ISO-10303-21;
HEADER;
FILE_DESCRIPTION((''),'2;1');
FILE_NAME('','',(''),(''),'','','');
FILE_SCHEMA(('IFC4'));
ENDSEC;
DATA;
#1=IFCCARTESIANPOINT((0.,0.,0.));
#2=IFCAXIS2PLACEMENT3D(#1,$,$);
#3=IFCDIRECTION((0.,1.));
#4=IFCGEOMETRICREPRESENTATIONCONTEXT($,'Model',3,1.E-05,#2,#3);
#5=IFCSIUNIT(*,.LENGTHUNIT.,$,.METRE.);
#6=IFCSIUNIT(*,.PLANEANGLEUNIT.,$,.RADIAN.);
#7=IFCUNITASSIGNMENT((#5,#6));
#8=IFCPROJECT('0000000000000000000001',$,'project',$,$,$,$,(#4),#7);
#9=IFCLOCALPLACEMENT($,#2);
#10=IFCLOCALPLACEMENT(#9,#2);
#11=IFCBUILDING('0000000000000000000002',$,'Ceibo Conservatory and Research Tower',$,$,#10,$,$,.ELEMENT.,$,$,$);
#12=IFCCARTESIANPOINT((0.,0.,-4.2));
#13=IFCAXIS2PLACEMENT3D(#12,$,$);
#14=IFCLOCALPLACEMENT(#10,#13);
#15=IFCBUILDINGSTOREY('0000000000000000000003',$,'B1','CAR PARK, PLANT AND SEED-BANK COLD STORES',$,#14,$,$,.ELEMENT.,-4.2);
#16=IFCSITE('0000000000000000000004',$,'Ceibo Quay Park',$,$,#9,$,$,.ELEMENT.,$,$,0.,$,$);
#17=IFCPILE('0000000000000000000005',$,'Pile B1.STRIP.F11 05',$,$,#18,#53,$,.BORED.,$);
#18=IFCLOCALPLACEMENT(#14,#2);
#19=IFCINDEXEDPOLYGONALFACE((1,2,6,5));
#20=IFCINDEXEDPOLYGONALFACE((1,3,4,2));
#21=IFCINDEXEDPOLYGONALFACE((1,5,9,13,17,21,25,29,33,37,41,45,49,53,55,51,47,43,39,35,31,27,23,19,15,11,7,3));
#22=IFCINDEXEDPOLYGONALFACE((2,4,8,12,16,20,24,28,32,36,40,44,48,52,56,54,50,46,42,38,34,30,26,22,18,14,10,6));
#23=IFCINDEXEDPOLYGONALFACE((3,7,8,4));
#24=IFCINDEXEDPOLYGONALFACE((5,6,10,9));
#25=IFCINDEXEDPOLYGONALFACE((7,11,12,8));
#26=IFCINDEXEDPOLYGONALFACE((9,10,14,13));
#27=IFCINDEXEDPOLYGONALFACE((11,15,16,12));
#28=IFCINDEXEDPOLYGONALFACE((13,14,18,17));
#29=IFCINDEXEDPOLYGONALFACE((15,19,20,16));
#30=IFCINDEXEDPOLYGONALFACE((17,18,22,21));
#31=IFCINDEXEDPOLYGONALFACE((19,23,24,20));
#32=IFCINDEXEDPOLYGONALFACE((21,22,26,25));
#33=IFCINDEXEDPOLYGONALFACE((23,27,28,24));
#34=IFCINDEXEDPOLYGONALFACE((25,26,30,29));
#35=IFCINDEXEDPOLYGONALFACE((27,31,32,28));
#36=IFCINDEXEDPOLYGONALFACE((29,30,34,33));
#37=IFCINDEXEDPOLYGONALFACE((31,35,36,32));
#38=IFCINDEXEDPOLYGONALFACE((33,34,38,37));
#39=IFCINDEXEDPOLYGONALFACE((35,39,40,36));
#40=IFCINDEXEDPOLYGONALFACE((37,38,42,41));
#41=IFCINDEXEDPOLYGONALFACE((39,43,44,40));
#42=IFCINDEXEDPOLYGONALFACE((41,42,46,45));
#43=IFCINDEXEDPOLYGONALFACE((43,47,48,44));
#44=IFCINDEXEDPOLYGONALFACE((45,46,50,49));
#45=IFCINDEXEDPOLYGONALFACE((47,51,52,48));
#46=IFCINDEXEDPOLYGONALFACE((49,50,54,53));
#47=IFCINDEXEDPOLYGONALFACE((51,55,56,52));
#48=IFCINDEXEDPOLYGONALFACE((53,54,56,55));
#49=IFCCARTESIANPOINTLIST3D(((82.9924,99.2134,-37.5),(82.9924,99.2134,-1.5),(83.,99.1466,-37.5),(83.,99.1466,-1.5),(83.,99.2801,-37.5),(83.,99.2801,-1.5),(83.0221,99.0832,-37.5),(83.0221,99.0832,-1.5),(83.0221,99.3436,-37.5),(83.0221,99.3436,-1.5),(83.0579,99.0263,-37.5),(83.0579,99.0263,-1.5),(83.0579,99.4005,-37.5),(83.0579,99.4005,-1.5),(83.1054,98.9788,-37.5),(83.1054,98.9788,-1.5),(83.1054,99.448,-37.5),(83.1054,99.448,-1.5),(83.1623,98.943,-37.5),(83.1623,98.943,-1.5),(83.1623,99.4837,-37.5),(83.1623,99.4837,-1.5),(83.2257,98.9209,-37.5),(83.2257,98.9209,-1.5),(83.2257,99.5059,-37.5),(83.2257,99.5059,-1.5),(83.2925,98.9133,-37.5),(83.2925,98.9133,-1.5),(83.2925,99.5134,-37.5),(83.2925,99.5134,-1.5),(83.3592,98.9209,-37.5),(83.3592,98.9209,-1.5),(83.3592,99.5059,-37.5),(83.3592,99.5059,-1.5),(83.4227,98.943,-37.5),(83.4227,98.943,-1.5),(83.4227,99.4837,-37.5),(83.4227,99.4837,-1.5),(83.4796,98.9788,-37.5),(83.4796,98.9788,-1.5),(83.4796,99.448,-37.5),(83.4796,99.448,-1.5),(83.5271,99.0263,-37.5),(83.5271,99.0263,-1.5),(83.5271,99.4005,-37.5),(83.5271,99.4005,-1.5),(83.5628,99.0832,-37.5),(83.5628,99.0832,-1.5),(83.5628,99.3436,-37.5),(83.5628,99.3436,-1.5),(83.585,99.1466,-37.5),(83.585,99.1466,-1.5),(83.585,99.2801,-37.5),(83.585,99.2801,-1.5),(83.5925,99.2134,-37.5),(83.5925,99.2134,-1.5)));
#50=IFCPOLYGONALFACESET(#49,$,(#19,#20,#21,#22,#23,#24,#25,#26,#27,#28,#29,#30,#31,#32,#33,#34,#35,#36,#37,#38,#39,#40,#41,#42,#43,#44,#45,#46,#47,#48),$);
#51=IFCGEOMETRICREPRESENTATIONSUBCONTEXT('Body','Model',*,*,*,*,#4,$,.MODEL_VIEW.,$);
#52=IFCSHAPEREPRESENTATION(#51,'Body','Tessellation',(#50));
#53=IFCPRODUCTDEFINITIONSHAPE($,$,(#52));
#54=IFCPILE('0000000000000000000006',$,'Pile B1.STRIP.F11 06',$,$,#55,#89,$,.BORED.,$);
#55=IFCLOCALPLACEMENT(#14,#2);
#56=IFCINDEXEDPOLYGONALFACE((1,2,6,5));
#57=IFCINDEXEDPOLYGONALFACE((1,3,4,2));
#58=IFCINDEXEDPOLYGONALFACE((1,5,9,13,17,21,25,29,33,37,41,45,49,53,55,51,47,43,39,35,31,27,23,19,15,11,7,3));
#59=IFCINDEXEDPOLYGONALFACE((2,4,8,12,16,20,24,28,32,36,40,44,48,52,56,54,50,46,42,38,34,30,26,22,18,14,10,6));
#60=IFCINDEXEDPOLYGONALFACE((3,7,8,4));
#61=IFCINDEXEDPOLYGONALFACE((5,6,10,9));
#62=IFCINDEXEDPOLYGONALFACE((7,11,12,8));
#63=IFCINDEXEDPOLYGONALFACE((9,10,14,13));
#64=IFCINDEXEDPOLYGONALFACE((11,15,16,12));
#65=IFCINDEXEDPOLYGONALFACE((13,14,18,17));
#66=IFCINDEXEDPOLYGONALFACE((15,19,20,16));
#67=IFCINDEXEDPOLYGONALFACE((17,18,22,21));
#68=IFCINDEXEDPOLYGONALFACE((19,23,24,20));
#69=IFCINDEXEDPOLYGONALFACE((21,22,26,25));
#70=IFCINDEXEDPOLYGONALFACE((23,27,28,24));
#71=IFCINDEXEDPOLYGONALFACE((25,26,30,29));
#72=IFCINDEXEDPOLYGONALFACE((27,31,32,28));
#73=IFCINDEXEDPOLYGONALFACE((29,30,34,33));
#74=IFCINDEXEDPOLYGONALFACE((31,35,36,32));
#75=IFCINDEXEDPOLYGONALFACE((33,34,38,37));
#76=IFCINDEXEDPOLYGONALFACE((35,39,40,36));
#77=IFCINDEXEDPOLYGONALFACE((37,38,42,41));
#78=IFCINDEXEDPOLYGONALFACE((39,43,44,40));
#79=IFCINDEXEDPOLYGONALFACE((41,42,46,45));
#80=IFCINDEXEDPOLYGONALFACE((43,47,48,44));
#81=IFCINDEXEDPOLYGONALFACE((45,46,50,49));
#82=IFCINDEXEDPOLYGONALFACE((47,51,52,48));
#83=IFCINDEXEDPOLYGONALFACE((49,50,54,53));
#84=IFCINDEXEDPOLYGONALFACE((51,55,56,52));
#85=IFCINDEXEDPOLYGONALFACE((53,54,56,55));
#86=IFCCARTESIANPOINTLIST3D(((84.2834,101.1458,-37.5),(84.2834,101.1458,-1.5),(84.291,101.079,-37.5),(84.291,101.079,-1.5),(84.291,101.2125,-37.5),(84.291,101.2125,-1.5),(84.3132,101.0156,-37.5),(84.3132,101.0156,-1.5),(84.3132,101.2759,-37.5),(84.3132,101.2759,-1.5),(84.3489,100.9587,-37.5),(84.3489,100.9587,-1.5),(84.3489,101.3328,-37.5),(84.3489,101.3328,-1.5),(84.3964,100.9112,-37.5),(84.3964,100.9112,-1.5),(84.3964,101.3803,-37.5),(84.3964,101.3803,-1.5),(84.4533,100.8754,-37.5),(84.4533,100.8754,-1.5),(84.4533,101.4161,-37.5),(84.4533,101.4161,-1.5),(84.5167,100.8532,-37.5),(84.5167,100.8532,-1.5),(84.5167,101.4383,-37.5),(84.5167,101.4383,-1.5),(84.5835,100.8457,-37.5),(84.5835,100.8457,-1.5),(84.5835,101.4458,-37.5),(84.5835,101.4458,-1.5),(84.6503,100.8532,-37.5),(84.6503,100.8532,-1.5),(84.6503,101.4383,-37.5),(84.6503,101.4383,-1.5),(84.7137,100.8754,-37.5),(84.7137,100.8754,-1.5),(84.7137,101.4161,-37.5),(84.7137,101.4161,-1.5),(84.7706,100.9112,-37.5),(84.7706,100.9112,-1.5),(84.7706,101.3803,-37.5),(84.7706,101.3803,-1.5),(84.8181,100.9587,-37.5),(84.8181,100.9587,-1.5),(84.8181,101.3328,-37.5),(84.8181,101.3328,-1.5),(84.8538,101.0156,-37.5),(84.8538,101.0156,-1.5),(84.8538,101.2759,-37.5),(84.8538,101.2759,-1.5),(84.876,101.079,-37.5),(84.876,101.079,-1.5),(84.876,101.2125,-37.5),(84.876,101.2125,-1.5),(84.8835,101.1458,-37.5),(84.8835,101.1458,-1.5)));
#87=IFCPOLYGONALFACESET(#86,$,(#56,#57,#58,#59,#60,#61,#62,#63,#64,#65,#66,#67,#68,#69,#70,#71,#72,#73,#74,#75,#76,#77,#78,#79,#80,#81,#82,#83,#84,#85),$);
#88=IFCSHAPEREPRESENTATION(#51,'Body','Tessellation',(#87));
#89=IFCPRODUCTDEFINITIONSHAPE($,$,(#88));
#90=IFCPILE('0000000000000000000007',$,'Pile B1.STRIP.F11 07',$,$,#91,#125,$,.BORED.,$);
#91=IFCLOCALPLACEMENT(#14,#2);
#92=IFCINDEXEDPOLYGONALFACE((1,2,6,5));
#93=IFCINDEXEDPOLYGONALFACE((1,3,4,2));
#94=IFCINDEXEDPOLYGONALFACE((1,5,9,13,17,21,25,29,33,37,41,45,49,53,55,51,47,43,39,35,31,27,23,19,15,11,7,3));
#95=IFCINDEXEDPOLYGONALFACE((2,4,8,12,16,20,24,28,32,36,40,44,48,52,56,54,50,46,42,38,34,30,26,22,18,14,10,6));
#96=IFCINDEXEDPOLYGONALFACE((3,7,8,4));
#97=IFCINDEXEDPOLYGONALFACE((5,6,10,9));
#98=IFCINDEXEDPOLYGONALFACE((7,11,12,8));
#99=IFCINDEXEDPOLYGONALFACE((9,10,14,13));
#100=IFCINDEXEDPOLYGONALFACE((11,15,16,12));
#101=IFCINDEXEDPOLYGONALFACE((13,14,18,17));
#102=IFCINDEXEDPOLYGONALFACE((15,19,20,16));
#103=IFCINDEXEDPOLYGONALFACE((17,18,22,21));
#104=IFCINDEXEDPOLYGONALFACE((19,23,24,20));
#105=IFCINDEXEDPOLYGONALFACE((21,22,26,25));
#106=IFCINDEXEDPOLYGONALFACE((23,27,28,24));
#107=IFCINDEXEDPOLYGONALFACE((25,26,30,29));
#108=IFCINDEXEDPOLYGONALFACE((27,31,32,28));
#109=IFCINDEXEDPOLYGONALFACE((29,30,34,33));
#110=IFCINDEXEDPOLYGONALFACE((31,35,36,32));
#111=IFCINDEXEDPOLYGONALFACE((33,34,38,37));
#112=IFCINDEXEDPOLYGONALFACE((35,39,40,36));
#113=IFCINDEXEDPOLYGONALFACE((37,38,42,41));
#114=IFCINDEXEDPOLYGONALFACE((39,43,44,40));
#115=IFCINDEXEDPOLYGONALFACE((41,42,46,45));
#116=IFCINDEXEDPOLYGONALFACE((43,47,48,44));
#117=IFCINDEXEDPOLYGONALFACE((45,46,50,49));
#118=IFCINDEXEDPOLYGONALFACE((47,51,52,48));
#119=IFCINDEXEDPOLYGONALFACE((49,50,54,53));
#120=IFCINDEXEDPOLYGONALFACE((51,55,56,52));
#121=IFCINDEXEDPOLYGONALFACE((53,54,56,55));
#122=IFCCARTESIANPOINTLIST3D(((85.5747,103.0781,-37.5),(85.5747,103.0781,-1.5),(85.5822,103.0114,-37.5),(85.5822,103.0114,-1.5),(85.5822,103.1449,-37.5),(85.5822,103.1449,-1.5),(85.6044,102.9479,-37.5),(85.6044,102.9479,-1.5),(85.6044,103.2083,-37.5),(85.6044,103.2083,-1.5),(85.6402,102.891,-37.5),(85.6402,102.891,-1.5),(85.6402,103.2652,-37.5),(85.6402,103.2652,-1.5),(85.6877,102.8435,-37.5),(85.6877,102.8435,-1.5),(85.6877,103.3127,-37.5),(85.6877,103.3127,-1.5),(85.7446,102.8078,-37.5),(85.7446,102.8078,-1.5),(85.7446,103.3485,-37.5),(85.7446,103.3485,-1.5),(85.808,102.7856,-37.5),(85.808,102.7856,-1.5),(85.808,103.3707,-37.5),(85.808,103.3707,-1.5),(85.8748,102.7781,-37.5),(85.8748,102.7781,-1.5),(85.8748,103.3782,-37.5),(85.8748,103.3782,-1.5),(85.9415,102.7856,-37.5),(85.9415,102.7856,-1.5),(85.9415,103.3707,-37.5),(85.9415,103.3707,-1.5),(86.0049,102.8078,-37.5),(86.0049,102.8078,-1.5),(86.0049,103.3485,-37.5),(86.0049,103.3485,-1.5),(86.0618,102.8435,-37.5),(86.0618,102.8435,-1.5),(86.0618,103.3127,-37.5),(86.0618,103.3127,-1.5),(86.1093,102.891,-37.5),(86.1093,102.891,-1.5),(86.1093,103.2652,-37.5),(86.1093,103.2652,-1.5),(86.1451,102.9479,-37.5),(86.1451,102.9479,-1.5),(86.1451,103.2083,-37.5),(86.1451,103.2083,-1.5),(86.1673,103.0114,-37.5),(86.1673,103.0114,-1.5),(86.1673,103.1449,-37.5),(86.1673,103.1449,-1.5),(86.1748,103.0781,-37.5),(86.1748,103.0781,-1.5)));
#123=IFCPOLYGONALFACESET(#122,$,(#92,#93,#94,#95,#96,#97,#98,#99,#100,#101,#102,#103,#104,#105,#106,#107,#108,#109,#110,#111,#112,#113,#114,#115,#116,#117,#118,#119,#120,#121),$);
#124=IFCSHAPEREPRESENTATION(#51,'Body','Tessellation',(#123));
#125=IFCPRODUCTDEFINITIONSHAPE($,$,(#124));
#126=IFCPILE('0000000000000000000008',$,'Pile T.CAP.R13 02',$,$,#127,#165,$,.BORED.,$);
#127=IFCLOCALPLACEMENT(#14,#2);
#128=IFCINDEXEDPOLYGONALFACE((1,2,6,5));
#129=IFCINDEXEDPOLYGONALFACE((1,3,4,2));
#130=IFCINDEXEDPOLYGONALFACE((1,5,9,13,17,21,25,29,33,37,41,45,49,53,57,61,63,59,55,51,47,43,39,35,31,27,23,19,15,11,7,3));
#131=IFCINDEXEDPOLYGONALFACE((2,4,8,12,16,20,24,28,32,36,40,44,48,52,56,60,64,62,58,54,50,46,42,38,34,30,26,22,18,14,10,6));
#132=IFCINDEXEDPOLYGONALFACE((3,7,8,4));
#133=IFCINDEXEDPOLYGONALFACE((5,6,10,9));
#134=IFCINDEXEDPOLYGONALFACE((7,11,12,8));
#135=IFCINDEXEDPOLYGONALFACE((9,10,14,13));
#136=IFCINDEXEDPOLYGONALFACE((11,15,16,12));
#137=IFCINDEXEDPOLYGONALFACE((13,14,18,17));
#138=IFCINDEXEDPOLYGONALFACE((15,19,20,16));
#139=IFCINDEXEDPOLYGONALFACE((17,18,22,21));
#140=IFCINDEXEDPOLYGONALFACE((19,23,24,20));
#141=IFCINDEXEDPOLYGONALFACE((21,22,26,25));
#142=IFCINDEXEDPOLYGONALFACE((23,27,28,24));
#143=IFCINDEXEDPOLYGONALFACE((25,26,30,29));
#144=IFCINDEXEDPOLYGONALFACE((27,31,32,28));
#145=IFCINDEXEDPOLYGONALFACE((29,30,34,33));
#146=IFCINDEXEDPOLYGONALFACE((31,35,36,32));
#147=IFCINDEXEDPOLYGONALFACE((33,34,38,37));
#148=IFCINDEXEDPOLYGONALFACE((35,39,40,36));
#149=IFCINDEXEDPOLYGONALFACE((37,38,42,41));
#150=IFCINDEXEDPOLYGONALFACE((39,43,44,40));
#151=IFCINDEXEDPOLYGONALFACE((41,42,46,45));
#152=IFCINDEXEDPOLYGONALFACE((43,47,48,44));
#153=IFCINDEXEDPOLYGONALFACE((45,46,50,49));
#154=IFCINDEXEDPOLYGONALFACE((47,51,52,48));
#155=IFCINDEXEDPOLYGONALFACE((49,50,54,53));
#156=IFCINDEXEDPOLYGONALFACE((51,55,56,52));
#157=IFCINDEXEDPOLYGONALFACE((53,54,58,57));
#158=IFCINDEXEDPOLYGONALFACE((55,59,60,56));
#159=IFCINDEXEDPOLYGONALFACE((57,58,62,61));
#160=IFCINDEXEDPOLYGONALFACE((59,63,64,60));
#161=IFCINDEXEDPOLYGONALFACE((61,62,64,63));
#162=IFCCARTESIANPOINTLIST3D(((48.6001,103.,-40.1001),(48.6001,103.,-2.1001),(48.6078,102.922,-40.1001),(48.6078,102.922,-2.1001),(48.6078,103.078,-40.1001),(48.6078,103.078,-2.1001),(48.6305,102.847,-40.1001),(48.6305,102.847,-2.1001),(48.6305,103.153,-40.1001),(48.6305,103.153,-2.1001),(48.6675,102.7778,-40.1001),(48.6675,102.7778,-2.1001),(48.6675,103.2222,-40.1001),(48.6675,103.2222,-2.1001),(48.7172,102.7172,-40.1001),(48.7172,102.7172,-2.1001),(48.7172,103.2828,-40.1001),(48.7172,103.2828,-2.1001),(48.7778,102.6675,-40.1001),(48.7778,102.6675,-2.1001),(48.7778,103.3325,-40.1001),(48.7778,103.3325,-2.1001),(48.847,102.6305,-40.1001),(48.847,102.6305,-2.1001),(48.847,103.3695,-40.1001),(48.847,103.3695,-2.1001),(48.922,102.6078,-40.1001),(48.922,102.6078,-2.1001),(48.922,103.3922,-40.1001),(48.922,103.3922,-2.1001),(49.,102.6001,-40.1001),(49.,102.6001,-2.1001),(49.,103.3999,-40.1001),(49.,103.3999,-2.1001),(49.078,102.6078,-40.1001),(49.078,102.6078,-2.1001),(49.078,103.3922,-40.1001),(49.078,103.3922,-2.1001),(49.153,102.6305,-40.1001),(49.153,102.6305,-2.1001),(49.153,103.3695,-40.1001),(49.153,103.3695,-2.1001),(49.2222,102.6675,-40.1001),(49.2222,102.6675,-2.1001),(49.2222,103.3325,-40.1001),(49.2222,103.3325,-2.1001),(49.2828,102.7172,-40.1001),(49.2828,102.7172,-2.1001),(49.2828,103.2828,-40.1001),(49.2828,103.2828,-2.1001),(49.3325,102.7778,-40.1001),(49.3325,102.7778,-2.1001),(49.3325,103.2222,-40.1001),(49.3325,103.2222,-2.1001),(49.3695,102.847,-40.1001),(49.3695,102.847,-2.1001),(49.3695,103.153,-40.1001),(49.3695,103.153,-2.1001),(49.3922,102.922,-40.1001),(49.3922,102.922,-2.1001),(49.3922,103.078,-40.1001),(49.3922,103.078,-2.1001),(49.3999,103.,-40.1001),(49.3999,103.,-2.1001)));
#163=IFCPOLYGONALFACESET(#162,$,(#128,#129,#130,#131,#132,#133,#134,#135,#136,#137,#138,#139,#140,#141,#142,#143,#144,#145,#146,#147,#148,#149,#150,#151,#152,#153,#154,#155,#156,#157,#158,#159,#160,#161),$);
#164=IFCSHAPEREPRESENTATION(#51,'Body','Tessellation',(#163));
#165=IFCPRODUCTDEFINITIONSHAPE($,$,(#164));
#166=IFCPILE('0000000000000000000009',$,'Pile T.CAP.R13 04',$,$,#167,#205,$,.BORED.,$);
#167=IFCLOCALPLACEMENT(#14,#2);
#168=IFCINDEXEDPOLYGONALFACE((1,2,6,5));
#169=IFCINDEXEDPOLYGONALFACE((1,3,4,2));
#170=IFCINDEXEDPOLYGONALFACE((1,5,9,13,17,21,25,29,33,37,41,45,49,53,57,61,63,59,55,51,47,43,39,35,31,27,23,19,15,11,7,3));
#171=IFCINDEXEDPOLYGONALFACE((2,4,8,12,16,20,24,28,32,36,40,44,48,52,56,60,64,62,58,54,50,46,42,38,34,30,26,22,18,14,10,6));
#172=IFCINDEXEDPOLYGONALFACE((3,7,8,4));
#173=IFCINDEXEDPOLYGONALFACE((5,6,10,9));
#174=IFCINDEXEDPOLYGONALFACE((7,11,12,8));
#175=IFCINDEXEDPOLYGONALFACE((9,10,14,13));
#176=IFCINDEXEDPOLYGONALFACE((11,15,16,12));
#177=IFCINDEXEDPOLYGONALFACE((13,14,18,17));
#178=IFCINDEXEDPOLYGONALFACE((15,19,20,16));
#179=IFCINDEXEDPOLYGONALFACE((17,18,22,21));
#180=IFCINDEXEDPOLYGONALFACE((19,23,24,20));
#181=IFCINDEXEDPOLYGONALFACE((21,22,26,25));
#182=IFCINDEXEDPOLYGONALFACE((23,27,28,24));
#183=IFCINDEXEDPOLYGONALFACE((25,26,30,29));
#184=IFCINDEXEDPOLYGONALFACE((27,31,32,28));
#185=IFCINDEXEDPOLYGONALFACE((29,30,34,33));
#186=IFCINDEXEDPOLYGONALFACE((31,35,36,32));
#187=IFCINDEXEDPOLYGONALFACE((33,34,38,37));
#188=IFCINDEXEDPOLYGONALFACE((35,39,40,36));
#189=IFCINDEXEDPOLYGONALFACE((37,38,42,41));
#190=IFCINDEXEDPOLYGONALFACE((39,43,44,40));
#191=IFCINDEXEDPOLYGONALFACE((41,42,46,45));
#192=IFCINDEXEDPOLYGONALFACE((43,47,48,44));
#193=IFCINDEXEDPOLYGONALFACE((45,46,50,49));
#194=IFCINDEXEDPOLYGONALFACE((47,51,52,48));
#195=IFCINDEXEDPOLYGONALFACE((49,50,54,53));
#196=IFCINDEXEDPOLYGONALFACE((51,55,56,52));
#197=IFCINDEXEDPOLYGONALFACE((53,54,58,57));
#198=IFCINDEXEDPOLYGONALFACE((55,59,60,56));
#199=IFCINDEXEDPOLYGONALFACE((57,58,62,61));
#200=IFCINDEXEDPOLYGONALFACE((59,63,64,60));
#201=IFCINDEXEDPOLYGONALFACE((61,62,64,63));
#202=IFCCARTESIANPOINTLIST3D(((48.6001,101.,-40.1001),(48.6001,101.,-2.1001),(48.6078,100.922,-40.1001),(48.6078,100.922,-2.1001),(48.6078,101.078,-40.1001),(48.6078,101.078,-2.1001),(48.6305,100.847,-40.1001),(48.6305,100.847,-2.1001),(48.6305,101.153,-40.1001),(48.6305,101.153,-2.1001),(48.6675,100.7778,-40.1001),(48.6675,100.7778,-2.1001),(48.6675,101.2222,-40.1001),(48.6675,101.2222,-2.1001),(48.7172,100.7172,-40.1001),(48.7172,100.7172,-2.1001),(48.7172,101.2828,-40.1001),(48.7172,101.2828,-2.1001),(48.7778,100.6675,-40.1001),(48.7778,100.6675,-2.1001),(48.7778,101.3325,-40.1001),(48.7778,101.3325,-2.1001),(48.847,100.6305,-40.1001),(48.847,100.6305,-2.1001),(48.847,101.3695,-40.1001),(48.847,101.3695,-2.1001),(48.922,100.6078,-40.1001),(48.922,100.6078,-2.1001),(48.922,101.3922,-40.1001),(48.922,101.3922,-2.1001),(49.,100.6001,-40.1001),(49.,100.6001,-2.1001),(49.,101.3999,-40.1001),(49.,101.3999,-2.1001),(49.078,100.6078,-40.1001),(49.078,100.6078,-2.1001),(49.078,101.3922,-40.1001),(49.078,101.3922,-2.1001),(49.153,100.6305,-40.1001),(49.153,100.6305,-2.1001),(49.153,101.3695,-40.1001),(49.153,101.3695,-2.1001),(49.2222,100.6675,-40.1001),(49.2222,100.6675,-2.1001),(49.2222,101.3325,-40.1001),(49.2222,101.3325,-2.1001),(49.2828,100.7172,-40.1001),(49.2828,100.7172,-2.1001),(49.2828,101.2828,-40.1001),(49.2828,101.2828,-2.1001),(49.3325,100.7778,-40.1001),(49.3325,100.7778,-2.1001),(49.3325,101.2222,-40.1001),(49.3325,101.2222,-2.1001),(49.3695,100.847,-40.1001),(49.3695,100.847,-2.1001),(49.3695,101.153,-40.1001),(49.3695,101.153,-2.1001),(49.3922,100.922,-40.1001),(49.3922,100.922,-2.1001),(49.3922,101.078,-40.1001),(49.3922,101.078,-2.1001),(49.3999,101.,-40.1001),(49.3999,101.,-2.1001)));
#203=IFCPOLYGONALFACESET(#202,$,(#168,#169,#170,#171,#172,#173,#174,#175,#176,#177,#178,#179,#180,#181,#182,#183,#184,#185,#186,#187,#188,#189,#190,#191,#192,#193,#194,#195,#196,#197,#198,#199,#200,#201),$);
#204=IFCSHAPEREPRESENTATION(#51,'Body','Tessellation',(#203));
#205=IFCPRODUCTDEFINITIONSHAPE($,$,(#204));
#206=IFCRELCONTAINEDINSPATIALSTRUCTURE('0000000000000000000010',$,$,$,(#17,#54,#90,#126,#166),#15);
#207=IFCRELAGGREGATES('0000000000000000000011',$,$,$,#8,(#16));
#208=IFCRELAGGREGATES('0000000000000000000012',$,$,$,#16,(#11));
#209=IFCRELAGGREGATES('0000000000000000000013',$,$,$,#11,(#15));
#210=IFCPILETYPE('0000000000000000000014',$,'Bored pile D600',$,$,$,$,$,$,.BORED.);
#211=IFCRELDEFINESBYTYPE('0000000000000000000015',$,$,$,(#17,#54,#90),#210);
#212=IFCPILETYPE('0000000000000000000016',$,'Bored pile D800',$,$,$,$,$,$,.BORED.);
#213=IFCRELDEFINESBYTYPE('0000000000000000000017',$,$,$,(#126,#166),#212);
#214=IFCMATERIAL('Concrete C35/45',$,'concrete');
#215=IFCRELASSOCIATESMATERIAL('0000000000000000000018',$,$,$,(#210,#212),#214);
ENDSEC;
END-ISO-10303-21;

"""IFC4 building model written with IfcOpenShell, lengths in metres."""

from ifc_helpers import new_model, si_unit, direction, frame, origin, origin_2d, place, context, subcontext, project, spatial, circle, extrude, material, material_profile, profile_set, type_object, element, save


model = new_model("IFC4")

# Units and contexts
model_context = context("Model", 3, precision=1e-05, world=origin(), true_north=direction((0.0, 1.0)))
body_context = subcontext(model_context, "Body", "Model", "MODEL_VIEW")
ifc_project = project(units=[si_unit("LENGTHUNIT", "METRE"), si_unit("PLANEANGLEUNIT", "RADIAN")], contexts=[model_context])

# Site, building, storey
site_placement = place(None, origin())
site = spatial("IfcSite", under=ifc_project, at=site_placement, Name="Ceibo Quay Park", CompositionType="ELEMENT", RefElevation=0.0)
building_placement = place(site_placement, origin())
building = spatial("IfcBuilding", under=site, at=building_placement, Name="Ceibo Conservatory and Research Tower", CompositionType="ELEMENT")
storey_placement = place(building_placement, frame((0.0, 0.0, -4.2)))
storey = spatial("IfcBuildingStorey", under=building, at=storey_placement, Name="B1", Description="CAR PARK, PLANT AND SEED-BANK COLD STORES", CompositionType="ELEMENT", Elevation=-4.2)

# Piles
ifc_material_1 = material(Name="Concrete C35/45", Category="concrete")
ifc_material_profile_1 = material_profile(ifc_material_1, circle(Radius=0.3, at=origin_2d()), Name="RC D600")
ifc_profile_set_1 = profile_set([ifc_material_profile_1], Name="Concrete C35/45")
pile_type_1 = type_object("IfcPileType", Name="Bored pile D600", PredefinedType="BORED", material=ifc_profile_set_1)
for number, where, z_axis, x_axis, name in (
    (1, (83.2925, 99.2134, -1.5), (0.0, 0.0, -1.0), (1.0, 0.0, 0.0), "Pile B1.STRIP.F11 05"),
    (2, (84.5835, 101.1458, -1.5), (0.0, 0.0, -1.0), (1.0, 0.0, 0.0), "Pile B1.STRIP.F11 06"),
    (3, (85.8748, 103.0781, -1.5), (0.0, 0.0, -1.0), (1.0, 0.0, 0.0), "Pile B1.STRIP.F11 07"),
):
    element("IfcPile", number, at=place(storey_placement, frame(where, z_axis=z_axis, x_axis=x_axis)), inside=storey, type_object=pile_type_1, Name=name, PredefinedType="BORED", context=body_context, shape_type="SweptSolid", body=[
        extrude(circle(Radius=0.3, at=origin_2d()), origin(), (0.0, 0.0, 1.0), 36.0),
    ])
ifc_material_profile_2 = material_profile(ifc_material_1, circle(Radius=0.3999, at=origin_2d()), Name="RC D800")
ifc_profile_set_2 = profile_set([ifc_material_profile_2], Name="Concrete C35/45")
pile_type_2 = type_object("IfcPileType", Name="Bored pile D800", PredefinedType="BORED", material=ifc_profile_set_2)
for number, where, z_axis, x_axis, name in (
    (4, (49.0, 103.0, -2.1001), (0.0, 0.0, -1.0), (1.0, 0.0, 0.0), "Pile T.CAP.R13 02"),
    (5, (49.0, 101.0, -2.1001), (0.0, 0.0, -1.0), (1.0, 0.0, 0.0), "Pile T.CAP.R13 04"),
):
    element("IfcPile", number, at=place(storey_placement, frame(where, z_axis=z_axis, x_axis=x_axis)), inside=storey, type_object=pile_type_2, Name=name, PredefinedType="BORED", context=body_context, shape_type="SweptSolid", body=[
        extrude(circle(Radius=0.3999, at=origin_2d()), origin(), (0.0, 0.0, 1.0), 38.0),
    ])

save(model, "model.ifc")
